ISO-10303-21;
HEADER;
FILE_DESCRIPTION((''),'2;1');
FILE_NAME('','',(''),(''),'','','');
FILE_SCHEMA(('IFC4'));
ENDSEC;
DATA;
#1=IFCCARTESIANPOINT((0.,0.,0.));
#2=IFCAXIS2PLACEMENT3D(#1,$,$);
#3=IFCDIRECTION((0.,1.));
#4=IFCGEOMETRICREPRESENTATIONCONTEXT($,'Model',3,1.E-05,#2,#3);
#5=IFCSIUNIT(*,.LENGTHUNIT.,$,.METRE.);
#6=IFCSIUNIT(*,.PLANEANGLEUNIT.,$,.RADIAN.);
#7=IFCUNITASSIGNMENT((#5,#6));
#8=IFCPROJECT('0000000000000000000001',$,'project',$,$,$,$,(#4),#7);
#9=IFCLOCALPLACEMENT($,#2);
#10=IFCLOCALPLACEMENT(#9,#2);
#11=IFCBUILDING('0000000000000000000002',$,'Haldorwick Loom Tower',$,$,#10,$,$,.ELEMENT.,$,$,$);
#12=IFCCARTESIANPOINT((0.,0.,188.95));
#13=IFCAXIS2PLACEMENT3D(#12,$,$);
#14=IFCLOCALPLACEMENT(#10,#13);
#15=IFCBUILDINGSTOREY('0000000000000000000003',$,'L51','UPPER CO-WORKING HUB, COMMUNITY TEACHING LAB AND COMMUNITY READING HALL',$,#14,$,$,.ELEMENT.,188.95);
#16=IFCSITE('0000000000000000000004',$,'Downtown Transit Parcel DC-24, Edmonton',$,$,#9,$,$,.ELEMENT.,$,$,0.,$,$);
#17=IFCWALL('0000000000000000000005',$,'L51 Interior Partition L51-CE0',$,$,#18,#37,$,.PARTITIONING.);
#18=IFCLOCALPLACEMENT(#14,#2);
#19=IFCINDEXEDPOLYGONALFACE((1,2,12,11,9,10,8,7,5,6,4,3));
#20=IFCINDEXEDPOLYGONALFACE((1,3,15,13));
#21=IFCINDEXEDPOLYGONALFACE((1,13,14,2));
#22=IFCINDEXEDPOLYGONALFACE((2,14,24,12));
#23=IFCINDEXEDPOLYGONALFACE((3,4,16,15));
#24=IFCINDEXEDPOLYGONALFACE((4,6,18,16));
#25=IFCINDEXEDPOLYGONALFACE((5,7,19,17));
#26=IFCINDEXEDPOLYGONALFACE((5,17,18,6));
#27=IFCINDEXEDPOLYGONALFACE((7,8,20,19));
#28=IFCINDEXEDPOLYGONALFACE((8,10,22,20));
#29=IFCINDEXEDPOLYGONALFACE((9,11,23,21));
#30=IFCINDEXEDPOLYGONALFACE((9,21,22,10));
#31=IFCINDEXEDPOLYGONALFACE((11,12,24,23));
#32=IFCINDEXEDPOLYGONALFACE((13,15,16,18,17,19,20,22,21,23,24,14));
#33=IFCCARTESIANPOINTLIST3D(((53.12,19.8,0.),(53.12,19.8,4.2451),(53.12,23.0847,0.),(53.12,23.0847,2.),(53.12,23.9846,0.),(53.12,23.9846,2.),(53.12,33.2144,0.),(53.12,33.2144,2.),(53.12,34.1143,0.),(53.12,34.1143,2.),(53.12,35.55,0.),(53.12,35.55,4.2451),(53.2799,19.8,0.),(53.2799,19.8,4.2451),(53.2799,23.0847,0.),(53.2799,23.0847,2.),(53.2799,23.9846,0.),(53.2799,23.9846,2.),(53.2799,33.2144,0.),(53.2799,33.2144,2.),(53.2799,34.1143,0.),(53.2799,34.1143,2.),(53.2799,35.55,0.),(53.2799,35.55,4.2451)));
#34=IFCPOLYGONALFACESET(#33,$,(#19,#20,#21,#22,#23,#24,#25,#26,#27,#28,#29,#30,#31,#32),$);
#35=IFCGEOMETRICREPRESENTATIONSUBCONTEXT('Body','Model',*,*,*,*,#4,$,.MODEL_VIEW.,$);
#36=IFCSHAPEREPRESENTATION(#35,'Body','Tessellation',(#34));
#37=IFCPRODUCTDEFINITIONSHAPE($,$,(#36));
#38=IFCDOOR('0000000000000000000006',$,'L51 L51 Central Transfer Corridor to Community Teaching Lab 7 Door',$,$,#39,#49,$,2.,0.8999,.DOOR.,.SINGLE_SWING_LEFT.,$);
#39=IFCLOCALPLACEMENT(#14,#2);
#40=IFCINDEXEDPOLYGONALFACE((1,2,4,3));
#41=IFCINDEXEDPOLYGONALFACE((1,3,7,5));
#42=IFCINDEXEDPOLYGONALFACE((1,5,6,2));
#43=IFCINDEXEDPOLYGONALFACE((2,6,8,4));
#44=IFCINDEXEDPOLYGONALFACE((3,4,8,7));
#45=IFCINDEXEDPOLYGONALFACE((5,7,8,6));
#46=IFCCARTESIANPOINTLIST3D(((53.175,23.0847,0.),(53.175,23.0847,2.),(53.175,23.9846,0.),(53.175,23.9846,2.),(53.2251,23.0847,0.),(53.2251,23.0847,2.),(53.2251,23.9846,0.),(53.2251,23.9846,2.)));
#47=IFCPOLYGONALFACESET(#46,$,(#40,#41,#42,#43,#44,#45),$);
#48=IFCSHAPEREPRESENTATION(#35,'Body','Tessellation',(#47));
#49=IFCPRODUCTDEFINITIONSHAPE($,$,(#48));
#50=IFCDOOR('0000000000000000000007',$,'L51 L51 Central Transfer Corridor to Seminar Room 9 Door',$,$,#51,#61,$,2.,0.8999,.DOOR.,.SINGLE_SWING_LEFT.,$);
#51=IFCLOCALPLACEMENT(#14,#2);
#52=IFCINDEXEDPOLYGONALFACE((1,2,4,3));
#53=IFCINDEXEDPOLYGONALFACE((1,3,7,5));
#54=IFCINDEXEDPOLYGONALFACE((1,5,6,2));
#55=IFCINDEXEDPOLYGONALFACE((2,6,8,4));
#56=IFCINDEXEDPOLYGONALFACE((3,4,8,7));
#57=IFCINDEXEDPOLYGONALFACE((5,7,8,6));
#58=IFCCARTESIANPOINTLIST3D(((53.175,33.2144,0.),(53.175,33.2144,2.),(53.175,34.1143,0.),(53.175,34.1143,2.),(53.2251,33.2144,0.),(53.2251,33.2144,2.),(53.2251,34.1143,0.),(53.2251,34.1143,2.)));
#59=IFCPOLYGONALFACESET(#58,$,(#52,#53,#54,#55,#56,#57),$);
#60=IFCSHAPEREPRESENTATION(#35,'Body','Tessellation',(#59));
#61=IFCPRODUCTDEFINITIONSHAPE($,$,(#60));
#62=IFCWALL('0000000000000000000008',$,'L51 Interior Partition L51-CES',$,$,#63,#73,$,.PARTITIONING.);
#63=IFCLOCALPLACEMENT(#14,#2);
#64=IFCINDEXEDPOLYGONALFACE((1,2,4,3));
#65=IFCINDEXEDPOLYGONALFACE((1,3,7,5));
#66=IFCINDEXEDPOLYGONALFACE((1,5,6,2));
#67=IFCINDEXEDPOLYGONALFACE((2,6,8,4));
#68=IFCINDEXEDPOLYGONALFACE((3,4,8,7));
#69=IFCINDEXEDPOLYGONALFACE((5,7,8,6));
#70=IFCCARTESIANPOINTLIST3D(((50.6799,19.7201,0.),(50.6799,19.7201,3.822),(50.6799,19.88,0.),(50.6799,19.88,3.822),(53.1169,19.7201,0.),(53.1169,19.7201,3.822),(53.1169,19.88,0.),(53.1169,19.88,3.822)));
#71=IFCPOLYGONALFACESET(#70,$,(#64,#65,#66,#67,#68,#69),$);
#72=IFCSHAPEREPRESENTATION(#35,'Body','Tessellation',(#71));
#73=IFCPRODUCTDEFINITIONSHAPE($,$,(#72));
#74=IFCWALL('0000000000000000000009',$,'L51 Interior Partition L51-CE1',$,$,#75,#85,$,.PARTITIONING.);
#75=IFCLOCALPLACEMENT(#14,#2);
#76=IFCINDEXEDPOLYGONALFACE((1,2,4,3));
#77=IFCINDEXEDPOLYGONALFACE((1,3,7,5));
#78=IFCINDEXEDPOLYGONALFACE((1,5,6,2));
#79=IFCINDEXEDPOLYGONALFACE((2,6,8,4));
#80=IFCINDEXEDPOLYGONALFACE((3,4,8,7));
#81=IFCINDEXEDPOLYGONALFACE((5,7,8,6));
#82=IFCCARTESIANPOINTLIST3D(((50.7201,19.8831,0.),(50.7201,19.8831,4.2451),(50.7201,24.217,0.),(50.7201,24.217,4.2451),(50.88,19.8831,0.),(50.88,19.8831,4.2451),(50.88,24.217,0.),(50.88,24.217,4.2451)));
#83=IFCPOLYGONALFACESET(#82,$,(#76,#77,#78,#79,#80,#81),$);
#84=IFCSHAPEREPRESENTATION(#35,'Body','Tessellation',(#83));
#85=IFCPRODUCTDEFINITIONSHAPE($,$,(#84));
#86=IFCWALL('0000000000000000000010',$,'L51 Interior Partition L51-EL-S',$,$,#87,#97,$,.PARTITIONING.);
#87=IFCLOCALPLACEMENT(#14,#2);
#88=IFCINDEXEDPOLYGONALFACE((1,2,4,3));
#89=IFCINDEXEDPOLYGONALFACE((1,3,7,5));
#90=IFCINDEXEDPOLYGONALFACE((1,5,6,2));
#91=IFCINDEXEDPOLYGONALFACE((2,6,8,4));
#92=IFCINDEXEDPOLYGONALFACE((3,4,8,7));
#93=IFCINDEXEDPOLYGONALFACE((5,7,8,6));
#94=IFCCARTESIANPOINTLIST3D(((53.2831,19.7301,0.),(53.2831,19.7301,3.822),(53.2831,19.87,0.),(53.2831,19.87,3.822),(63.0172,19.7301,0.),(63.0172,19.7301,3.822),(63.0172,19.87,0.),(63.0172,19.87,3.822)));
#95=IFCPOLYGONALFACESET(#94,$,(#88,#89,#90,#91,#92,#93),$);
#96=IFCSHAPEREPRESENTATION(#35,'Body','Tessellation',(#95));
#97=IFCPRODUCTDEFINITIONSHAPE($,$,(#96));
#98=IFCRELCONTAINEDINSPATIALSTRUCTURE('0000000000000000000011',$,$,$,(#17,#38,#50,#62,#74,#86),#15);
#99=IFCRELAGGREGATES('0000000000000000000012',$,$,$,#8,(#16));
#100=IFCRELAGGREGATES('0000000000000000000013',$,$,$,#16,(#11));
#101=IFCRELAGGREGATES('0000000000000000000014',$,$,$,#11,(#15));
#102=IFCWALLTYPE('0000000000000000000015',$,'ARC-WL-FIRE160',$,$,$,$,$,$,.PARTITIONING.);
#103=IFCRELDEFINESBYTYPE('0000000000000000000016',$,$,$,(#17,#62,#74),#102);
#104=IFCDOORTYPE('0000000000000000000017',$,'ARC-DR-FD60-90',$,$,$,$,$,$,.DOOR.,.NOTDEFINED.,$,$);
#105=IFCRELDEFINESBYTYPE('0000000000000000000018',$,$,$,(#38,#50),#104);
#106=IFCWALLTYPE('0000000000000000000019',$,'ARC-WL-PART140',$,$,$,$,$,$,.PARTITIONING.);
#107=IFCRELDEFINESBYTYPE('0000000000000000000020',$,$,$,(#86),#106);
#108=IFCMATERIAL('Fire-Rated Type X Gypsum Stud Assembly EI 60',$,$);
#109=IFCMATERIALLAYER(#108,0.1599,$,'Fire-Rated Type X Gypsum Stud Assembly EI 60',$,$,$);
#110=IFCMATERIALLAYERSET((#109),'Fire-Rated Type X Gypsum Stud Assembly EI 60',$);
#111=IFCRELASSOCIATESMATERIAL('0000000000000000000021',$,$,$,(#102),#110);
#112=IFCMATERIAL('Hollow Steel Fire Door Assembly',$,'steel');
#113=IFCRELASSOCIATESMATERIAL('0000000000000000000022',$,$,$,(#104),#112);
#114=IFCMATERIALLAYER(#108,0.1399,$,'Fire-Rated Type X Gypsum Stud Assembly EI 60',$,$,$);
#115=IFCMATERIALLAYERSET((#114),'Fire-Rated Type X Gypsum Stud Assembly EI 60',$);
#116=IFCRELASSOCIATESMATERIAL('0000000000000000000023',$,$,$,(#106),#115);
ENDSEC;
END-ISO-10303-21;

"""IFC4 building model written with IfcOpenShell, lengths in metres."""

from ifc_helpers import new_model, si_unit, direction, frame, frame_2d, origin, place, context, subcontext, project, spatial, rectangle, extrude, material, layer, layer_set, type_object, element, fill, save


model = new_model("IFC4")

# Units and contexts
model_context = context("Model", 3, precision=1e-05, world=origin(), true_north=direction((0.0, 1.0)))
body_context = subcontext(model_context, "Body", "Model", "MODEL_VIEW")
ifc_project = project(units=[si_unit("LENGTHUNIT", "METRE"), si_unit("PLANEANGLEUNIT", "RADIAN")], contexts=[model_context])

# Site, building, storey
site_placement = place(None, origin())
site = spatial("IfcSite", under=ifc_project, at=site_placement, Name="Downtown Transit Parcel DC-24, Edmonton", CompositionType="ELEMENT", RefElevation=0.0)
building_placement = place(site_placement, origin())
building = spatial("IfcBuilding", under=site, at=building_placement, Name="Haldorwick Loom Tower", CompositionType="ELEMENT")
storey_placement = place(building_placement, frame((0.0, 0.0, 188.95)))
storey = spatial("IfcBuildingStorey", under=building, at=storey_placement, Name="L51", Description="UPPER CO-WORKING HUB, COMMUNITY TEACHING LAB AND COMMUNITY READING HALL", CompositionType="ELEMENT", Elevation=188.95)

# Wall, openings, doors
ifc_material_1 = material(Name="Fire-Rated Type X Gypsum Stud Assembly EI 60")
ifc_layer_1 = layer(ifc_material_1, 0.1599, Name="Fire-Rated Type X Gypsum Stud Assembly EI 60")
ifc_layer_set_1 = layer_set([ifc_layer_1], Name="Fire-Rated Type X Gypsum Stud Assembly EI 60")
wall_type_1 = type_object("IfcWallType", Name="ARC-WL-FIRE160", PredefinedType="PARTITIONING", material=ifc_layer_set_1)
wall_1_placement = place(storey_placement, frame((53.2, 19.8, 0.0), z_axis=(0.0, 0.0, 1.0), x_axis=(0.0, 1.0, 0.0)))
wall_1 = element("IfcWall", 1, at=wall_1_placement, inside=storey, type_object=wall_type_1, Name="L51 Interior Partition L51-CE0", PredefinedType="PARTITIONING", context=body_context, shape_type="SweptSolid", body=[
    extrude(rectangle(XDim=15.75, YDim=0.1599, at=frame_2d((7.875, 0.0))), origin(), (0.0, 0.0, 1.0), 4.2451),
])
opening_1_placement = place(wall_1_placement, frame((3.2847, 0.0, 0.0)))
opening_1 = element("IfcOpeningElement", 2, at=opening_1_placement, cuts=wall_1, PredefinedType="OPENING", context=body_context, shape_type="SweptSolid", body=[
    extrude(rectangle(XDim=0.8999, YDim=2.0, at=frame_2d((0.45, 1.0))), frame((0.0, 0.0898, 0.0), z_axis=(0.0, -1.0, 0.0), x_axis=(1.0, 0.0, 0.0)), (0.0, 0.0, 1.0), 0.1799),
])
opening_2_placement = place(wall_1_placement, frame((13.4143, 0.0, 0.0)))
opening_2 = element("IfcOpeningElement", 3, at=opening_2_placement, cuts=wall_1, PredefinedType="OPENING", context=body_context, shape_type="SweptSolid", body=[
    extrude(rectangle(XDim=0.8999, YDim=2.0, at=frame_2d((0.45, 1.0))), frame((0.0, 0.0898, 0.0), z_axis=(0.0, -1.0, 0.0), x_axis=(1.0, 0.0, 0.0)), (0.0, 0.0, 1.0), 0.1799),
])
ifc_material_2 = material(Name="Hollow Steel Fire Door Assembly", Category="steel")
door_type = type_object("IfcDoorType", Name="ARC-DR-FD60-90", OperationType="NOTDEFINED", PredefinedType="DOOR", material=ifc_material_2)
door_1_placement = place(opening_1_placement, origin())
door_1 = element("IfcDoor", 4, at=door_1_placement, inside=storey, type_object=door_type, Name="L51 L51 Central Transfer Corridor to Community Teaching Lab 7 Door", OperationType="SINGLE_SWING_LEFT", OverallHeight=2.0, OverallWidth=0.8999, PredefinedType="DOOR", context=body_context, shape_type="SweptSolid", body=[
    extrude(rectangle(XDim=0.8999, YDim=2.0, at=frame_2d((0.45, 1.0))), frame((0.0, 0.0249, 0.0), z_axis=(0.0, -1.0, 0.0), x_axis=(1.0, 0.0, 0.0)), (0.0, 0.0, 1.0), 0.05),
])
fill(opening_1, door_1)
door_2_placement = place(opening_2_placement, origin())
door_2 = element("IfcDoor", 5, at=door_2_placement, inside=storey, type_object=door_type, Name="L51 L51 Central Transfer Corridor to Seminar Room 9 Door", OperationType="SINGLE_SWING_LEFT", OverallHeight=2.0, OverallWidth=0.8999, PredefinedType="DOOR", context=body_context, shape_type="SweptSolid", body=[
    extrude(rectangle(XDim=0.8999, YDim=2.0, at=frame_2d((0.45, 1.0))), frame((0.0, 0.0249, 0.0), z_axis=(0.0, -1.0, 0.0), x_axis=(1.0, 0.0, 0.0)), (0.0, 0.0, 1.0), 0.05),
])
fill(opening_2, door_2)

# Walls
wall_2_placement = place(storey_placement, frame((50.6799, 19.8, 0.0), z_axis=(0.0, 0.0, 1.0), x_axis=(1.0, 0.0, 0.0)))
element("IfcWall", 6, at=wall_2_placement, inside=storey, type_object=wall_type_1, Name="L51 Interior Partition L51-CES", PredefinedType="PARTITIONING", context=body_context, shape_type="SweptSolid", body=[
    extrude(rectangle(XDim=2.437, YDim=0.1599, at=frame_2d((1.2185, 0.0))), origin(), (0.0, 0.0, 1.0), 3.822),
])
wall_3_placement = place(storey_placement, frame((50.8, 19.8831, 0.0), z_axis=(0.0, 0.0, 1.0), x_axis=(0.0, 1.0, 0.0)))
element("IfcWall", 7, at=wall_3_placement, inside=storey, type_object=wall_type_1, Name="L51 Interior Partition L51-CE1", PredefinedType="PARTITIONING", context=body_context, shape_type="SweptSolid", body=[
    extrude(rectangle(XDim=4.334, YDim=0.1599, at=frame_2d((2.167, 0.0))), origin(), (0.0, 0.0, 1.0), 4.2451),
])
ifc_layer_2 = layer(ifc_material_1, 0.1399, Name="Fire-Rated Type X Gypsum Stud Assembly EI 60")
ifc_layer_set_2 = layer_set([ifc_layer_2], Name="Fire-Rated Type X Gypsum Stud Assembly EI 60")
wall_type_2 = type_object("IfcWallType", Name="ARC-WL-PART140", PredefinedType="PARTITIONING", material=ifc_layer_set_2)
wall_4_placement = place(storey_placement, frame((53.283, 19.8, 0.0), z_axis=(0.0, 0.0, 1.0), x_axis=(1.0, 0.0, 0.0)))
element("IfcWall", 8, at=wall_4_placement, inside=storey, type_object=wall_type_2, Name="L51 Interior Partition L51-EL-S", PredefinedType="PARTITIONING", context=body_context, shape_type="SweptSolid", body=[
    extrude(rectangle(XDim=9.7341, YDim=0.1399, at=frame_2d((4.8672, 0.0))), origin(), (0.0, 0.0, 1.0), 3.822),
])

save(model, "model.ifc")
